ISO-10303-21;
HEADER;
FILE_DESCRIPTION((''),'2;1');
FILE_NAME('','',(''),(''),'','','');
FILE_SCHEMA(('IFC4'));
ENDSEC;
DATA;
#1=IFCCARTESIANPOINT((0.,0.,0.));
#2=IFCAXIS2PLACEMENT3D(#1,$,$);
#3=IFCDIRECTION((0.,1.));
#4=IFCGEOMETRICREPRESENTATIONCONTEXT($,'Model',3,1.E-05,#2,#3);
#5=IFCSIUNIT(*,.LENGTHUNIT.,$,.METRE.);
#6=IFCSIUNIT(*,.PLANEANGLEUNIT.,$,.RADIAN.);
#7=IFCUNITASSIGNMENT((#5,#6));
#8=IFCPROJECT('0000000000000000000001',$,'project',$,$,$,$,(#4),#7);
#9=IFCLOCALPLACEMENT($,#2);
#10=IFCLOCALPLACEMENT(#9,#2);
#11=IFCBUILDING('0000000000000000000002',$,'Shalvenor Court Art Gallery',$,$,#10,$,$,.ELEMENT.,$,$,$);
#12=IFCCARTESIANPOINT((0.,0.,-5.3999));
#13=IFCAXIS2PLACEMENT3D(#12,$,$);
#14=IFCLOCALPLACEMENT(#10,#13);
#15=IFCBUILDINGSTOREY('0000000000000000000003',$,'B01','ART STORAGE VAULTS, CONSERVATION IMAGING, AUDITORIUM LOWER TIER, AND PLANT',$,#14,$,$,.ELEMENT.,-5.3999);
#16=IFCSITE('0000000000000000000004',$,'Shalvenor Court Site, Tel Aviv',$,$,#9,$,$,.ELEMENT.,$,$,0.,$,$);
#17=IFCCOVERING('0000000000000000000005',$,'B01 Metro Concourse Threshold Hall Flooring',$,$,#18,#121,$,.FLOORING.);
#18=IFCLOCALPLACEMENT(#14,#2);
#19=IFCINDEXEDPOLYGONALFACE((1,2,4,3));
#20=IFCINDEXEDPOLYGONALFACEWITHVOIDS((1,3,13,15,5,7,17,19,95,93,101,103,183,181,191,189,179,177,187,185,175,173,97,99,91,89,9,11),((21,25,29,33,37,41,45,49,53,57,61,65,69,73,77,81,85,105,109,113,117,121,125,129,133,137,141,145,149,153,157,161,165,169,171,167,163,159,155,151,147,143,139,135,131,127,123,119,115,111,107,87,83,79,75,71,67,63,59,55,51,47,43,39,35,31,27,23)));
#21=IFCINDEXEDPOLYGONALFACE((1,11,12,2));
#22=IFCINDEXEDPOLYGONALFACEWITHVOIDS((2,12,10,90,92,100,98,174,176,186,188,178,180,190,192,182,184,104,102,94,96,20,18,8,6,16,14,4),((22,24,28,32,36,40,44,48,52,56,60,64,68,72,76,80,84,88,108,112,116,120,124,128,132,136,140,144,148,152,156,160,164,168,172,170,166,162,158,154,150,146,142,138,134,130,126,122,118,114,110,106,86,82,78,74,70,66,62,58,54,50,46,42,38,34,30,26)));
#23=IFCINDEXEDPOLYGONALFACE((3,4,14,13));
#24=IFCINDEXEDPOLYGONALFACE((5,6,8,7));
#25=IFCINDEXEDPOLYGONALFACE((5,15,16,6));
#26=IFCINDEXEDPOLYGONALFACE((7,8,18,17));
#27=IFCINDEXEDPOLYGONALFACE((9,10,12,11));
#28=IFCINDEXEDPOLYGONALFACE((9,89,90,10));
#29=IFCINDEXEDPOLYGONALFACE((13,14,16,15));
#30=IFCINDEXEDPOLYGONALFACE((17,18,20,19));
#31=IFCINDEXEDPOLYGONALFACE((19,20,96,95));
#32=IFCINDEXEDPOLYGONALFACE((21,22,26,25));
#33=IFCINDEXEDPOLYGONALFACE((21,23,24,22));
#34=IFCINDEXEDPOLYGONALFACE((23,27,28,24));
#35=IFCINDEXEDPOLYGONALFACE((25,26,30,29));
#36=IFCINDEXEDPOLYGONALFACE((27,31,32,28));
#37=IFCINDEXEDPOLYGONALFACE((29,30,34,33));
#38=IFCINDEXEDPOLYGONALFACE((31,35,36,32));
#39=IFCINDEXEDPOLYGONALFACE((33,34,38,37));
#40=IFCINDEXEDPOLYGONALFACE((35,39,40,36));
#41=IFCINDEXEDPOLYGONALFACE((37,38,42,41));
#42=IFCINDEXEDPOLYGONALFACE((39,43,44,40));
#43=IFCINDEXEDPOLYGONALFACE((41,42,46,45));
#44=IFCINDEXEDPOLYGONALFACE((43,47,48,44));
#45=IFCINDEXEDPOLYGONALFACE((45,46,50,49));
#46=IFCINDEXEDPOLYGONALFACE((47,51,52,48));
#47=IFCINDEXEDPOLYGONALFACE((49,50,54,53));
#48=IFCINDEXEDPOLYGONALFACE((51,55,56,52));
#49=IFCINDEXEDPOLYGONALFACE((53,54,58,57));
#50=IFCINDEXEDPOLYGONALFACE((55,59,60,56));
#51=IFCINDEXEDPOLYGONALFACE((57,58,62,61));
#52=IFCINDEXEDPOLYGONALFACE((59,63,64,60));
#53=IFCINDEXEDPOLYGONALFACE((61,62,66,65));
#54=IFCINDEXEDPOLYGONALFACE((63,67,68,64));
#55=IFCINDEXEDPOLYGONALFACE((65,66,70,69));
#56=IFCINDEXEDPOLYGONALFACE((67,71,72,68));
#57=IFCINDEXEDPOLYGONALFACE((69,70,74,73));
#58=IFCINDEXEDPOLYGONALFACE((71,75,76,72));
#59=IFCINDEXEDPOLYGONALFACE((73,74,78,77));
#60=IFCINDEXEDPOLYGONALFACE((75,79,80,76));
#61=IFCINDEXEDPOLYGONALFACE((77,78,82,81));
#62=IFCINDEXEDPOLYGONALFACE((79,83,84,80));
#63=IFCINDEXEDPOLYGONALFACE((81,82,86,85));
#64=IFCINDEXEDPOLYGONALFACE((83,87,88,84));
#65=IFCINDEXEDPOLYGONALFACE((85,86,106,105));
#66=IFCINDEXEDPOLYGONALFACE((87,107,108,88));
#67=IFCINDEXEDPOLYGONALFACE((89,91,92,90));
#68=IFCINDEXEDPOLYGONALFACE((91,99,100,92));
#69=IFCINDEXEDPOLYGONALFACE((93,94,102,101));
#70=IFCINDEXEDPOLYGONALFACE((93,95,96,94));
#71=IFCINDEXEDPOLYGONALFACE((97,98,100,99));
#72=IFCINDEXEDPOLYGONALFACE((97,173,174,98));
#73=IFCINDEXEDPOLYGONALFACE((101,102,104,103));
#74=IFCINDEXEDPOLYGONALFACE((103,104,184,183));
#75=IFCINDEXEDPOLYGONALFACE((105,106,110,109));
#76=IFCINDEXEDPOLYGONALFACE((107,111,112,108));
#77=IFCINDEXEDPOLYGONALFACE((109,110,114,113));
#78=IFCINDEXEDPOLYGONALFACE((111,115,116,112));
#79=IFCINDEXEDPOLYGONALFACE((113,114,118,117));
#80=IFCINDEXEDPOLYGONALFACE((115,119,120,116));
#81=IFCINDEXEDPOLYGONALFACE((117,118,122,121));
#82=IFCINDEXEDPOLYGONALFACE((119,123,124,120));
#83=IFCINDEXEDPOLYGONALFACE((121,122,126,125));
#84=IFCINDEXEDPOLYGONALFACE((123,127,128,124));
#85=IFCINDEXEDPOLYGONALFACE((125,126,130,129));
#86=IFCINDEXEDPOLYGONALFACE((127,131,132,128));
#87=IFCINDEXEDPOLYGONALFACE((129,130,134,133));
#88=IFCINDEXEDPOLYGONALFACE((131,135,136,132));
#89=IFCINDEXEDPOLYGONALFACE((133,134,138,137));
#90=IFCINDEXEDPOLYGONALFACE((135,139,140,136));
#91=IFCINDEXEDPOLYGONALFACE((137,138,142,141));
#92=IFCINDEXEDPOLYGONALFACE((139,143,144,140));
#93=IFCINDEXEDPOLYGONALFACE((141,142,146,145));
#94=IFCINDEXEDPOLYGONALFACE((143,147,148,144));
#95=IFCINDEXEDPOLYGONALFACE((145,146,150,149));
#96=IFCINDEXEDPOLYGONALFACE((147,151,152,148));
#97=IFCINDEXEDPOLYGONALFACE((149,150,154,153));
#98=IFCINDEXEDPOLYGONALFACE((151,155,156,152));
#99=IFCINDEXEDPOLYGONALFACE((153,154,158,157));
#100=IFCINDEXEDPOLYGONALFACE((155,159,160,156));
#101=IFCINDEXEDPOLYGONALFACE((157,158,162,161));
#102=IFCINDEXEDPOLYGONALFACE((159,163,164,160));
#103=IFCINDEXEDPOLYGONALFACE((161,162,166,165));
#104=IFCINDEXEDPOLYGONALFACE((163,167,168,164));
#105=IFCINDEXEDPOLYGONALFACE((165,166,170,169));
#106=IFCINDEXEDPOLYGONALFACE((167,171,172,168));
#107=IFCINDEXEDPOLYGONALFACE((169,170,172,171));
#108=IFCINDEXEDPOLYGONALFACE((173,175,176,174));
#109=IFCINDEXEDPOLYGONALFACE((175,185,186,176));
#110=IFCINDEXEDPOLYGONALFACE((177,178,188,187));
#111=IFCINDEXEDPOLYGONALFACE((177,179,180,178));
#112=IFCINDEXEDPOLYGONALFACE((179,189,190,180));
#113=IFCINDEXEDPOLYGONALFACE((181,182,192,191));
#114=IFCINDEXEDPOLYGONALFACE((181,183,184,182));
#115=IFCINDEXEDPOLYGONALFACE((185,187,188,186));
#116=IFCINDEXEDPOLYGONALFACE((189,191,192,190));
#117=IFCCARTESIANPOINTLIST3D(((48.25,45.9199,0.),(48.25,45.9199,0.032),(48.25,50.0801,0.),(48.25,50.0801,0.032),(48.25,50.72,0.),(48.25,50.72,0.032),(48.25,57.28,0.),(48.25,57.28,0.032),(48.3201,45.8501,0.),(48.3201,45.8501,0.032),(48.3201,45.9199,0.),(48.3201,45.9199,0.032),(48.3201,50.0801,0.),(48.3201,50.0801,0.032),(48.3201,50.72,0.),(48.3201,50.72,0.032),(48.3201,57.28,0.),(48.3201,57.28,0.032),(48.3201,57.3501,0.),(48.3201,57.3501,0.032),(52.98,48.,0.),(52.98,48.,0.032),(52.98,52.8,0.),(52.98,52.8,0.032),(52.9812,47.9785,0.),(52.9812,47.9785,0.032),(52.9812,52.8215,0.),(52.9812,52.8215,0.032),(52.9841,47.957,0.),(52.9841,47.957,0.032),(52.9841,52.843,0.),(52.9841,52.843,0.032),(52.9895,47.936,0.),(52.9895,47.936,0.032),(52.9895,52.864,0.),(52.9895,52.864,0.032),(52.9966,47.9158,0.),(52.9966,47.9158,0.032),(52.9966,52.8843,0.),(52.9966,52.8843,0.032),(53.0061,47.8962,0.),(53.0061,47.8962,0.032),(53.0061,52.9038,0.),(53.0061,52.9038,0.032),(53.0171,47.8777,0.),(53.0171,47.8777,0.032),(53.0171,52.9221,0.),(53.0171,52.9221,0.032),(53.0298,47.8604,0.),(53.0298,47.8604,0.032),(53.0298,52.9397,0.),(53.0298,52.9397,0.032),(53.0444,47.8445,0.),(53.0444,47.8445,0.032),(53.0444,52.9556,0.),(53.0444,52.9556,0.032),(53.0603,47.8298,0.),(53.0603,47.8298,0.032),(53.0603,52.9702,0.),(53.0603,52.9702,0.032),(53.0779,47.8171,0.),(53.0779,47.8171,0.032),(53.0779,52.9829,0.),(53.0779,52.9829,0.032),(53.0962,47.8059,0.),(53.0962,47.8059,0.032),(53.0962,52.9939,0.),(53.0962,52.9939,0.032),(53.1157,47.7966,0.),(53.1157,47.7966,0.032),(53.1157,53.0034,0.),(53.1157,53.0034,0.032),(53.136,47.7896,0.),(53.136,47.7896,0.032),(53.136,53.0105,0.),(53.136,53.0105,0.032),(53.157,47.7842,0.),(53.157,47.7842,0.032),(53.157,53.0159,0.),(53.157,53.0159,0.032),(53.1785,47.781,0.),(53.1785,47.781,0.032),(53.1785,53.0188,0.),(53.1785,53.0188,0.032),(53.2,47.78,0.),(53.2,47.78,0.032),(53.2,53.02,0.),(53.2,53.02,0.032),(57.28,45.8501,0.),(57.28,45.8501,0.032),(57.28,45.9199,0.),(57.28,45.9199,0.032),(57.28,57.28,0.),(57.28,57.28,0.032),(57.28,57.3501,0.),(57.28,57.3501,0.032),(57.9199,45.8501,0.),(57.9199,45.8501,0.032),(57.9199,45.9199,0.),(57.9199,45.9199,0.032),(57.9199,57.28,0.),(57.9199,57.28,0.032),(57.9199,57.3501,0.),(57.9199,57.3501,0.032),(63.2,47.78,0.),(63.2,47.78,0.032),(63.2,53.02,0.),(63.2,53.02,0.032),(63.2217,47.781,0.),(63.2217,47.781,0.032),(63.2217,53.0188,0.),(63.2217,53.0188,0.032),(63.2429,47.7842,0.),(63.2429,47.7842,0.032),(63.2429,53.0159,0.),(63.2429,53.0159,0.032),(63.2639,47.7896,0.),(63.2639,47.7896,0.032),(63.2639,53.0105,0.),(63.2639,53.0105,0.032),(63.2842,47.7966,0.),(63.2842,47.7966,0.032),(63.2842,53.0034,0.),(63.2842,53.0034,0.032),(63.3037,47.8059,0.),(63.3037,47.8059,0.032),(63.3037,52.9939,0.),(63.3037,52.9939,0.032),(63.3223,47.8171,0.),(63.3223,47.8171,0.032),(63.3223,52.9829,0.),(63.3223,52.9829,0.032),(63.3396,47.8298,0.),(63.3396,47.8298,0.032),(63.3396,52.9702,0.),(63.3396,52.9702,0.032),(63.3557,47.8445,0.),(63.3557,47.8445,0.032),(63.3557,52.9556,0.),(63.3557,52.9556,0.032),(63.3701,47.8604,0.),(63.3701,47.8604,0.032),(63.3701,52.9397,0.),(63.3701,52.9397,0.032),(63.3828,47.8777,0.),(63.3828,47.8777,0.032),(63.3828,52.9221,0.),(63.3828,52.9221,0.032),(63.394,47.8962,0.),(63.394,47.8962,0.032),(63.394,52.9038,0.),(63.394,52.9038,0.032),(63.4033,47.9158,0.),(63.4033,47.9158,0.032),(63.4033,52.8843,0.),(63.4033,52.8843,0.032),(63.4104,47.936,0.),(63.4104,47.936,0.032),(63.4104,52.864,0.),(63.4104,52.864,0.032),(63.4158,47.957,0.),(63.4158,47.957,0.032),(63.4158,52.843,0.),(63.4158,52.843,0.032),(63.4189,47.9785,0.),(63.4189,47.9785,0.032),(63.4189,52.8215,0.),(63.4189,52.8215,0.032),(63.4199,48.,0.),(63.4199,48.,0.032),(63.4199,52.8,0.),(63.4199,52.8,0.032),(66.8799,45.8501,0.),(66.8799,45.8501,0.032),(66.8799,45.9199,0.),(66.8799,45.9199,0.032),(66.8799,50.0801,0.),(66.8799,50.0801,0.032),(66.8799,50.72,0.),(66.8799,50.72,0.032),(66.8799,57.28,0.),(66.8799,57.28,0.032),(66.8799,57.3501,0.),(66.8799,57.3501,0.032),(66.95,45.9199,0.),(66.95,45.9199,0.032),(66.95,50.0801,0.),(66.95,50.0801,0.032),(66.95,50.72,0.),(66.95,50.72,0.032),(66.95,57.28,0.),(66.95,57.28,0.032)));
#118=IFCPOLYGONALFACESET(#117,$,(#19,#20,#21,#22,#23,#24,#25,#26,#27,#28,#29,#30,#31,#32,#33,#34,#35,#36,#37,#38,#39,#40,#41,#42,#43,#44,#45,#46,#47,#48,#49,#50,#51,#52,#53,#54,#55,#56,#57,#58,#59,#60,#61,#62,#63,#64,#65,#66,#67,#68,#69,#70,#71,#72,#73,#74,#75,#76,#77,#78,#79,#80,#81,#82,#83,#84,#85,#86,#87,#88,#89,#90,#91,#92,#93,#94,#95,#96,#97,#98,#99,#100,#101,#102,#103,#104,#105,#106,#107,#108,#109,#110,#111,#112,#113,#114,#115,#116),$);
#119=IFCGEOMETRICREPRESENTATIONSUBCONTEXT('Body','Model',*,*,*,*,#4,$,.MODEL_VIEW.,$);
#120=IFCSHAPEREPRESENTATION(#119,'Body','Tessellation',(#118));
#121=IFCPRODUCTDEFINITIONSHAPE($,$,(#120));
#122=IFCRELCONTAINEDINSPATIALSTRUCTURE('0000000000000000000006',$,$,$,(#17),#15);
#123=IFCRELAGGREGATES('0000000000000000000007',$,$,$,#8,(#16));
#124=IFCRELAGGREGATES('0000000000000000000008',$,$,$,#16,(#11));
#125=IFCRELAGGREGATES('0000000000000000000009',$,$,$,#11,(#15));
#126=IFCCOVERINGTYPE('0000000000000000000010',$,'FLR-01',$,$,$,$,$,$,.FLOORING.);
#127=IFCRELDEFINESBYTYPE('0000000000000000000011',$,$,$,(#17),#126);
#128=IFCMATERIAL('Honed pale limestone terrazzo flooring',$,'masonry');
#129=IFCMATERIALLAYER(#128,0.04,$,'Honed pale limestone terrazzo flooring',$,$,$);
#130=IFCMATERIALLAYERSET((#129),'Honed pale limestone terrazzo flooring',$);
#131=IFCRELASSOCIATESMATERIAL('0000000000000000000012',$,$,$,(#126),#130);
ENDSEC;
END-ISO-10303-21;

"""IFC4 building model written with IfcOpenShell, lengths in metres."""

from ifc_helpers import new_model, si_unit, direction, frame, origin, place, context, subcontext, project, spatial, polyline, outline, extrude, material, layer, layer_set, type_object, element, save


model = new_model("IFC4")

# Units and contexts
model_context = context("Model", 3, precision=1e-05, world=origin(), true_north=direction((0.0, 1.0)))
body_context = subcontext(model_context, "Body", "Model", "MODEL_VIEW")
ifc_project = project(units=[si_unit("LENGTHUNIT", "METRE"), si_unit("PLANEANGLEUNIT", "RADIAN")], contexts=[model_context])

# Site, building, storey
site_placement = place(None, origin())
site = spatial("IfcSite", under=ifc_project, at=site_placement, Name="Shalvenor Court Site, Tel Aviv", CompositionType="ELEMENT", RefElevation=0.0)
building_placement = place(site_placement, origin())
building = spatial("IfcBuilding", under=site, at=building_placement, Name="Shalvenor Court Art Gallery", CompositionType="ELEMENT")
storey_placement = place(building_placement, frame((0.0, 0.0, -5.3999)))
storey = spatial("IfcBuildingStorey", under=building, at=storey_placement, Name="B01", Description="ART STORAGE VAULTS, CONSERVATION IMAGING, AUDITORIUM LOWER TIER, AND PLANT", CompositionType="ELEMENT", Elevation=-5.3999)

# Covering
ifc_material_1 = material(Name="Honed pale limestone terrazzo flooring", Category="masonry")
ifc_layer_1 = layer(ifc_material_1, 0.04, Name="Honed pale limestone terrazzo flooring")
ifc_layer_set_1 = layer_set([ifc_layer_1], Name="Honed pale limestone terrazzo flooring")
covering_type_1 = type_object("IfcCoveringType", Name="FLR-01", PredefinedType="FLOORING", material=ifc_layer_set_1)
covering_1_placement = place(storey_placement, origin())
element("IfcCovering", 1, at=covering_1_placement, inside=storey, type_object=covering_type_1, Name="B01 Metro Concourse Threshold Hall Flooring", PredefinedType="FLOORING", context=body_context, shape_type="SweptSolid", body=[
    extrude(outline(polyline([(57.28, 57.3501), (57.28, 57.28), (57.9199, 57.28), (57.9199, 57.3501), (66.8799, 57.3501), (66.8799, 57.28), (66.95, 57.28), (66.95, 50.72), (66.8799, 50.72), (66.8799, 50.0801), (66.95, 50.0801), (66.95, 45.9199), (66.8799, 45.9199), (66.8799, 45.8501), (57.9199, 45.8501), (57.9199, 45.9199), (57.28, 45.9199), (57.28, 45.8501), (48.3201, 45.8501), (48.3201, 45.9199), (48.25, 45.9199), (48.25, 50.0801), (48.3201, 50.0801), (48.3201, 50.72), (48.25, 50.72), (48.25, 57.28), (48.3201, 57.28), (48.3201, 57.3501), (57.28, 57.3501)]), holes=[polyline([(53.2, 47.78), (63.2, 47.78), (63.2217, 47.781), (63.2429, 47.7842), (63.2639, 47.7896), (63.2842, 47.7966), (63.3037, 47.8059), (63.3223, 47.8171), (63.3396, 47.8298), (63.3557, 47.8445), (63.3701, 47.8604), (63.3828, 47.8777), (63.394, 47.8962), (63.4033, 47.9158), (63.4104, 47.936), (63.4158, 47.957), (63.4189, 47.9785), (63.4199, 48.0), (63.4199, 52.8), (63.4189, 52.8215), (63.4158, 52.843), (63.4104, 52.864), (63.4033, 52.8843), (63.394, 52.9038), (63.3828, 52.9221), (63.3701, 52.9397), (63.3557, 52.9556), (63.3396, 52.9702), (63.3223, 52.9829), (63.3037, 52.9939), (63.2842, 53.0034), (63.2639, 53.0105), (63.2429, 53.0159), (63.2217, 53.0188), (63.2, 53.02), (53.2, 53.02), (53.1785, 53.0188), (53.157, 53.0159), (53.136, 53.0105), (53.1157, 53.0034), (53.0962, 52.9939), (53.0779, 52.9829), (53.0603, 52.9702), (53.0444, 52.9556), (53.0298, 52.9397), (53.0171, 52.9221), (53.0061, 52.9038), (52.9966, 52.8843), (52.9895, 52.864), (52.9841, 52.843), (52.9812, 52.8215), (52.98, 52.8), (52.98, 48.0), (52.9812, 47.9785), (52.9841, 47.957), (52.9895, 47.936), (52.9966, 47.9158), (53.0061, 47.8962), (53.0171, 47.8777), (53.0298, 47.8604), (53.0444, 47.8445), (53.0603, 47.8298), (53.0779, 47.8171), (53.0962, 47.8059), (53.1157, 47.7966), (53.136, 47.7896), (53.157, 47.7842), (53.1785, 47.781), (53.2, 47.78)])]), origin(), (0.0, 0.0, 1.0), 0.032),
])

save(model, "model.ifc")
